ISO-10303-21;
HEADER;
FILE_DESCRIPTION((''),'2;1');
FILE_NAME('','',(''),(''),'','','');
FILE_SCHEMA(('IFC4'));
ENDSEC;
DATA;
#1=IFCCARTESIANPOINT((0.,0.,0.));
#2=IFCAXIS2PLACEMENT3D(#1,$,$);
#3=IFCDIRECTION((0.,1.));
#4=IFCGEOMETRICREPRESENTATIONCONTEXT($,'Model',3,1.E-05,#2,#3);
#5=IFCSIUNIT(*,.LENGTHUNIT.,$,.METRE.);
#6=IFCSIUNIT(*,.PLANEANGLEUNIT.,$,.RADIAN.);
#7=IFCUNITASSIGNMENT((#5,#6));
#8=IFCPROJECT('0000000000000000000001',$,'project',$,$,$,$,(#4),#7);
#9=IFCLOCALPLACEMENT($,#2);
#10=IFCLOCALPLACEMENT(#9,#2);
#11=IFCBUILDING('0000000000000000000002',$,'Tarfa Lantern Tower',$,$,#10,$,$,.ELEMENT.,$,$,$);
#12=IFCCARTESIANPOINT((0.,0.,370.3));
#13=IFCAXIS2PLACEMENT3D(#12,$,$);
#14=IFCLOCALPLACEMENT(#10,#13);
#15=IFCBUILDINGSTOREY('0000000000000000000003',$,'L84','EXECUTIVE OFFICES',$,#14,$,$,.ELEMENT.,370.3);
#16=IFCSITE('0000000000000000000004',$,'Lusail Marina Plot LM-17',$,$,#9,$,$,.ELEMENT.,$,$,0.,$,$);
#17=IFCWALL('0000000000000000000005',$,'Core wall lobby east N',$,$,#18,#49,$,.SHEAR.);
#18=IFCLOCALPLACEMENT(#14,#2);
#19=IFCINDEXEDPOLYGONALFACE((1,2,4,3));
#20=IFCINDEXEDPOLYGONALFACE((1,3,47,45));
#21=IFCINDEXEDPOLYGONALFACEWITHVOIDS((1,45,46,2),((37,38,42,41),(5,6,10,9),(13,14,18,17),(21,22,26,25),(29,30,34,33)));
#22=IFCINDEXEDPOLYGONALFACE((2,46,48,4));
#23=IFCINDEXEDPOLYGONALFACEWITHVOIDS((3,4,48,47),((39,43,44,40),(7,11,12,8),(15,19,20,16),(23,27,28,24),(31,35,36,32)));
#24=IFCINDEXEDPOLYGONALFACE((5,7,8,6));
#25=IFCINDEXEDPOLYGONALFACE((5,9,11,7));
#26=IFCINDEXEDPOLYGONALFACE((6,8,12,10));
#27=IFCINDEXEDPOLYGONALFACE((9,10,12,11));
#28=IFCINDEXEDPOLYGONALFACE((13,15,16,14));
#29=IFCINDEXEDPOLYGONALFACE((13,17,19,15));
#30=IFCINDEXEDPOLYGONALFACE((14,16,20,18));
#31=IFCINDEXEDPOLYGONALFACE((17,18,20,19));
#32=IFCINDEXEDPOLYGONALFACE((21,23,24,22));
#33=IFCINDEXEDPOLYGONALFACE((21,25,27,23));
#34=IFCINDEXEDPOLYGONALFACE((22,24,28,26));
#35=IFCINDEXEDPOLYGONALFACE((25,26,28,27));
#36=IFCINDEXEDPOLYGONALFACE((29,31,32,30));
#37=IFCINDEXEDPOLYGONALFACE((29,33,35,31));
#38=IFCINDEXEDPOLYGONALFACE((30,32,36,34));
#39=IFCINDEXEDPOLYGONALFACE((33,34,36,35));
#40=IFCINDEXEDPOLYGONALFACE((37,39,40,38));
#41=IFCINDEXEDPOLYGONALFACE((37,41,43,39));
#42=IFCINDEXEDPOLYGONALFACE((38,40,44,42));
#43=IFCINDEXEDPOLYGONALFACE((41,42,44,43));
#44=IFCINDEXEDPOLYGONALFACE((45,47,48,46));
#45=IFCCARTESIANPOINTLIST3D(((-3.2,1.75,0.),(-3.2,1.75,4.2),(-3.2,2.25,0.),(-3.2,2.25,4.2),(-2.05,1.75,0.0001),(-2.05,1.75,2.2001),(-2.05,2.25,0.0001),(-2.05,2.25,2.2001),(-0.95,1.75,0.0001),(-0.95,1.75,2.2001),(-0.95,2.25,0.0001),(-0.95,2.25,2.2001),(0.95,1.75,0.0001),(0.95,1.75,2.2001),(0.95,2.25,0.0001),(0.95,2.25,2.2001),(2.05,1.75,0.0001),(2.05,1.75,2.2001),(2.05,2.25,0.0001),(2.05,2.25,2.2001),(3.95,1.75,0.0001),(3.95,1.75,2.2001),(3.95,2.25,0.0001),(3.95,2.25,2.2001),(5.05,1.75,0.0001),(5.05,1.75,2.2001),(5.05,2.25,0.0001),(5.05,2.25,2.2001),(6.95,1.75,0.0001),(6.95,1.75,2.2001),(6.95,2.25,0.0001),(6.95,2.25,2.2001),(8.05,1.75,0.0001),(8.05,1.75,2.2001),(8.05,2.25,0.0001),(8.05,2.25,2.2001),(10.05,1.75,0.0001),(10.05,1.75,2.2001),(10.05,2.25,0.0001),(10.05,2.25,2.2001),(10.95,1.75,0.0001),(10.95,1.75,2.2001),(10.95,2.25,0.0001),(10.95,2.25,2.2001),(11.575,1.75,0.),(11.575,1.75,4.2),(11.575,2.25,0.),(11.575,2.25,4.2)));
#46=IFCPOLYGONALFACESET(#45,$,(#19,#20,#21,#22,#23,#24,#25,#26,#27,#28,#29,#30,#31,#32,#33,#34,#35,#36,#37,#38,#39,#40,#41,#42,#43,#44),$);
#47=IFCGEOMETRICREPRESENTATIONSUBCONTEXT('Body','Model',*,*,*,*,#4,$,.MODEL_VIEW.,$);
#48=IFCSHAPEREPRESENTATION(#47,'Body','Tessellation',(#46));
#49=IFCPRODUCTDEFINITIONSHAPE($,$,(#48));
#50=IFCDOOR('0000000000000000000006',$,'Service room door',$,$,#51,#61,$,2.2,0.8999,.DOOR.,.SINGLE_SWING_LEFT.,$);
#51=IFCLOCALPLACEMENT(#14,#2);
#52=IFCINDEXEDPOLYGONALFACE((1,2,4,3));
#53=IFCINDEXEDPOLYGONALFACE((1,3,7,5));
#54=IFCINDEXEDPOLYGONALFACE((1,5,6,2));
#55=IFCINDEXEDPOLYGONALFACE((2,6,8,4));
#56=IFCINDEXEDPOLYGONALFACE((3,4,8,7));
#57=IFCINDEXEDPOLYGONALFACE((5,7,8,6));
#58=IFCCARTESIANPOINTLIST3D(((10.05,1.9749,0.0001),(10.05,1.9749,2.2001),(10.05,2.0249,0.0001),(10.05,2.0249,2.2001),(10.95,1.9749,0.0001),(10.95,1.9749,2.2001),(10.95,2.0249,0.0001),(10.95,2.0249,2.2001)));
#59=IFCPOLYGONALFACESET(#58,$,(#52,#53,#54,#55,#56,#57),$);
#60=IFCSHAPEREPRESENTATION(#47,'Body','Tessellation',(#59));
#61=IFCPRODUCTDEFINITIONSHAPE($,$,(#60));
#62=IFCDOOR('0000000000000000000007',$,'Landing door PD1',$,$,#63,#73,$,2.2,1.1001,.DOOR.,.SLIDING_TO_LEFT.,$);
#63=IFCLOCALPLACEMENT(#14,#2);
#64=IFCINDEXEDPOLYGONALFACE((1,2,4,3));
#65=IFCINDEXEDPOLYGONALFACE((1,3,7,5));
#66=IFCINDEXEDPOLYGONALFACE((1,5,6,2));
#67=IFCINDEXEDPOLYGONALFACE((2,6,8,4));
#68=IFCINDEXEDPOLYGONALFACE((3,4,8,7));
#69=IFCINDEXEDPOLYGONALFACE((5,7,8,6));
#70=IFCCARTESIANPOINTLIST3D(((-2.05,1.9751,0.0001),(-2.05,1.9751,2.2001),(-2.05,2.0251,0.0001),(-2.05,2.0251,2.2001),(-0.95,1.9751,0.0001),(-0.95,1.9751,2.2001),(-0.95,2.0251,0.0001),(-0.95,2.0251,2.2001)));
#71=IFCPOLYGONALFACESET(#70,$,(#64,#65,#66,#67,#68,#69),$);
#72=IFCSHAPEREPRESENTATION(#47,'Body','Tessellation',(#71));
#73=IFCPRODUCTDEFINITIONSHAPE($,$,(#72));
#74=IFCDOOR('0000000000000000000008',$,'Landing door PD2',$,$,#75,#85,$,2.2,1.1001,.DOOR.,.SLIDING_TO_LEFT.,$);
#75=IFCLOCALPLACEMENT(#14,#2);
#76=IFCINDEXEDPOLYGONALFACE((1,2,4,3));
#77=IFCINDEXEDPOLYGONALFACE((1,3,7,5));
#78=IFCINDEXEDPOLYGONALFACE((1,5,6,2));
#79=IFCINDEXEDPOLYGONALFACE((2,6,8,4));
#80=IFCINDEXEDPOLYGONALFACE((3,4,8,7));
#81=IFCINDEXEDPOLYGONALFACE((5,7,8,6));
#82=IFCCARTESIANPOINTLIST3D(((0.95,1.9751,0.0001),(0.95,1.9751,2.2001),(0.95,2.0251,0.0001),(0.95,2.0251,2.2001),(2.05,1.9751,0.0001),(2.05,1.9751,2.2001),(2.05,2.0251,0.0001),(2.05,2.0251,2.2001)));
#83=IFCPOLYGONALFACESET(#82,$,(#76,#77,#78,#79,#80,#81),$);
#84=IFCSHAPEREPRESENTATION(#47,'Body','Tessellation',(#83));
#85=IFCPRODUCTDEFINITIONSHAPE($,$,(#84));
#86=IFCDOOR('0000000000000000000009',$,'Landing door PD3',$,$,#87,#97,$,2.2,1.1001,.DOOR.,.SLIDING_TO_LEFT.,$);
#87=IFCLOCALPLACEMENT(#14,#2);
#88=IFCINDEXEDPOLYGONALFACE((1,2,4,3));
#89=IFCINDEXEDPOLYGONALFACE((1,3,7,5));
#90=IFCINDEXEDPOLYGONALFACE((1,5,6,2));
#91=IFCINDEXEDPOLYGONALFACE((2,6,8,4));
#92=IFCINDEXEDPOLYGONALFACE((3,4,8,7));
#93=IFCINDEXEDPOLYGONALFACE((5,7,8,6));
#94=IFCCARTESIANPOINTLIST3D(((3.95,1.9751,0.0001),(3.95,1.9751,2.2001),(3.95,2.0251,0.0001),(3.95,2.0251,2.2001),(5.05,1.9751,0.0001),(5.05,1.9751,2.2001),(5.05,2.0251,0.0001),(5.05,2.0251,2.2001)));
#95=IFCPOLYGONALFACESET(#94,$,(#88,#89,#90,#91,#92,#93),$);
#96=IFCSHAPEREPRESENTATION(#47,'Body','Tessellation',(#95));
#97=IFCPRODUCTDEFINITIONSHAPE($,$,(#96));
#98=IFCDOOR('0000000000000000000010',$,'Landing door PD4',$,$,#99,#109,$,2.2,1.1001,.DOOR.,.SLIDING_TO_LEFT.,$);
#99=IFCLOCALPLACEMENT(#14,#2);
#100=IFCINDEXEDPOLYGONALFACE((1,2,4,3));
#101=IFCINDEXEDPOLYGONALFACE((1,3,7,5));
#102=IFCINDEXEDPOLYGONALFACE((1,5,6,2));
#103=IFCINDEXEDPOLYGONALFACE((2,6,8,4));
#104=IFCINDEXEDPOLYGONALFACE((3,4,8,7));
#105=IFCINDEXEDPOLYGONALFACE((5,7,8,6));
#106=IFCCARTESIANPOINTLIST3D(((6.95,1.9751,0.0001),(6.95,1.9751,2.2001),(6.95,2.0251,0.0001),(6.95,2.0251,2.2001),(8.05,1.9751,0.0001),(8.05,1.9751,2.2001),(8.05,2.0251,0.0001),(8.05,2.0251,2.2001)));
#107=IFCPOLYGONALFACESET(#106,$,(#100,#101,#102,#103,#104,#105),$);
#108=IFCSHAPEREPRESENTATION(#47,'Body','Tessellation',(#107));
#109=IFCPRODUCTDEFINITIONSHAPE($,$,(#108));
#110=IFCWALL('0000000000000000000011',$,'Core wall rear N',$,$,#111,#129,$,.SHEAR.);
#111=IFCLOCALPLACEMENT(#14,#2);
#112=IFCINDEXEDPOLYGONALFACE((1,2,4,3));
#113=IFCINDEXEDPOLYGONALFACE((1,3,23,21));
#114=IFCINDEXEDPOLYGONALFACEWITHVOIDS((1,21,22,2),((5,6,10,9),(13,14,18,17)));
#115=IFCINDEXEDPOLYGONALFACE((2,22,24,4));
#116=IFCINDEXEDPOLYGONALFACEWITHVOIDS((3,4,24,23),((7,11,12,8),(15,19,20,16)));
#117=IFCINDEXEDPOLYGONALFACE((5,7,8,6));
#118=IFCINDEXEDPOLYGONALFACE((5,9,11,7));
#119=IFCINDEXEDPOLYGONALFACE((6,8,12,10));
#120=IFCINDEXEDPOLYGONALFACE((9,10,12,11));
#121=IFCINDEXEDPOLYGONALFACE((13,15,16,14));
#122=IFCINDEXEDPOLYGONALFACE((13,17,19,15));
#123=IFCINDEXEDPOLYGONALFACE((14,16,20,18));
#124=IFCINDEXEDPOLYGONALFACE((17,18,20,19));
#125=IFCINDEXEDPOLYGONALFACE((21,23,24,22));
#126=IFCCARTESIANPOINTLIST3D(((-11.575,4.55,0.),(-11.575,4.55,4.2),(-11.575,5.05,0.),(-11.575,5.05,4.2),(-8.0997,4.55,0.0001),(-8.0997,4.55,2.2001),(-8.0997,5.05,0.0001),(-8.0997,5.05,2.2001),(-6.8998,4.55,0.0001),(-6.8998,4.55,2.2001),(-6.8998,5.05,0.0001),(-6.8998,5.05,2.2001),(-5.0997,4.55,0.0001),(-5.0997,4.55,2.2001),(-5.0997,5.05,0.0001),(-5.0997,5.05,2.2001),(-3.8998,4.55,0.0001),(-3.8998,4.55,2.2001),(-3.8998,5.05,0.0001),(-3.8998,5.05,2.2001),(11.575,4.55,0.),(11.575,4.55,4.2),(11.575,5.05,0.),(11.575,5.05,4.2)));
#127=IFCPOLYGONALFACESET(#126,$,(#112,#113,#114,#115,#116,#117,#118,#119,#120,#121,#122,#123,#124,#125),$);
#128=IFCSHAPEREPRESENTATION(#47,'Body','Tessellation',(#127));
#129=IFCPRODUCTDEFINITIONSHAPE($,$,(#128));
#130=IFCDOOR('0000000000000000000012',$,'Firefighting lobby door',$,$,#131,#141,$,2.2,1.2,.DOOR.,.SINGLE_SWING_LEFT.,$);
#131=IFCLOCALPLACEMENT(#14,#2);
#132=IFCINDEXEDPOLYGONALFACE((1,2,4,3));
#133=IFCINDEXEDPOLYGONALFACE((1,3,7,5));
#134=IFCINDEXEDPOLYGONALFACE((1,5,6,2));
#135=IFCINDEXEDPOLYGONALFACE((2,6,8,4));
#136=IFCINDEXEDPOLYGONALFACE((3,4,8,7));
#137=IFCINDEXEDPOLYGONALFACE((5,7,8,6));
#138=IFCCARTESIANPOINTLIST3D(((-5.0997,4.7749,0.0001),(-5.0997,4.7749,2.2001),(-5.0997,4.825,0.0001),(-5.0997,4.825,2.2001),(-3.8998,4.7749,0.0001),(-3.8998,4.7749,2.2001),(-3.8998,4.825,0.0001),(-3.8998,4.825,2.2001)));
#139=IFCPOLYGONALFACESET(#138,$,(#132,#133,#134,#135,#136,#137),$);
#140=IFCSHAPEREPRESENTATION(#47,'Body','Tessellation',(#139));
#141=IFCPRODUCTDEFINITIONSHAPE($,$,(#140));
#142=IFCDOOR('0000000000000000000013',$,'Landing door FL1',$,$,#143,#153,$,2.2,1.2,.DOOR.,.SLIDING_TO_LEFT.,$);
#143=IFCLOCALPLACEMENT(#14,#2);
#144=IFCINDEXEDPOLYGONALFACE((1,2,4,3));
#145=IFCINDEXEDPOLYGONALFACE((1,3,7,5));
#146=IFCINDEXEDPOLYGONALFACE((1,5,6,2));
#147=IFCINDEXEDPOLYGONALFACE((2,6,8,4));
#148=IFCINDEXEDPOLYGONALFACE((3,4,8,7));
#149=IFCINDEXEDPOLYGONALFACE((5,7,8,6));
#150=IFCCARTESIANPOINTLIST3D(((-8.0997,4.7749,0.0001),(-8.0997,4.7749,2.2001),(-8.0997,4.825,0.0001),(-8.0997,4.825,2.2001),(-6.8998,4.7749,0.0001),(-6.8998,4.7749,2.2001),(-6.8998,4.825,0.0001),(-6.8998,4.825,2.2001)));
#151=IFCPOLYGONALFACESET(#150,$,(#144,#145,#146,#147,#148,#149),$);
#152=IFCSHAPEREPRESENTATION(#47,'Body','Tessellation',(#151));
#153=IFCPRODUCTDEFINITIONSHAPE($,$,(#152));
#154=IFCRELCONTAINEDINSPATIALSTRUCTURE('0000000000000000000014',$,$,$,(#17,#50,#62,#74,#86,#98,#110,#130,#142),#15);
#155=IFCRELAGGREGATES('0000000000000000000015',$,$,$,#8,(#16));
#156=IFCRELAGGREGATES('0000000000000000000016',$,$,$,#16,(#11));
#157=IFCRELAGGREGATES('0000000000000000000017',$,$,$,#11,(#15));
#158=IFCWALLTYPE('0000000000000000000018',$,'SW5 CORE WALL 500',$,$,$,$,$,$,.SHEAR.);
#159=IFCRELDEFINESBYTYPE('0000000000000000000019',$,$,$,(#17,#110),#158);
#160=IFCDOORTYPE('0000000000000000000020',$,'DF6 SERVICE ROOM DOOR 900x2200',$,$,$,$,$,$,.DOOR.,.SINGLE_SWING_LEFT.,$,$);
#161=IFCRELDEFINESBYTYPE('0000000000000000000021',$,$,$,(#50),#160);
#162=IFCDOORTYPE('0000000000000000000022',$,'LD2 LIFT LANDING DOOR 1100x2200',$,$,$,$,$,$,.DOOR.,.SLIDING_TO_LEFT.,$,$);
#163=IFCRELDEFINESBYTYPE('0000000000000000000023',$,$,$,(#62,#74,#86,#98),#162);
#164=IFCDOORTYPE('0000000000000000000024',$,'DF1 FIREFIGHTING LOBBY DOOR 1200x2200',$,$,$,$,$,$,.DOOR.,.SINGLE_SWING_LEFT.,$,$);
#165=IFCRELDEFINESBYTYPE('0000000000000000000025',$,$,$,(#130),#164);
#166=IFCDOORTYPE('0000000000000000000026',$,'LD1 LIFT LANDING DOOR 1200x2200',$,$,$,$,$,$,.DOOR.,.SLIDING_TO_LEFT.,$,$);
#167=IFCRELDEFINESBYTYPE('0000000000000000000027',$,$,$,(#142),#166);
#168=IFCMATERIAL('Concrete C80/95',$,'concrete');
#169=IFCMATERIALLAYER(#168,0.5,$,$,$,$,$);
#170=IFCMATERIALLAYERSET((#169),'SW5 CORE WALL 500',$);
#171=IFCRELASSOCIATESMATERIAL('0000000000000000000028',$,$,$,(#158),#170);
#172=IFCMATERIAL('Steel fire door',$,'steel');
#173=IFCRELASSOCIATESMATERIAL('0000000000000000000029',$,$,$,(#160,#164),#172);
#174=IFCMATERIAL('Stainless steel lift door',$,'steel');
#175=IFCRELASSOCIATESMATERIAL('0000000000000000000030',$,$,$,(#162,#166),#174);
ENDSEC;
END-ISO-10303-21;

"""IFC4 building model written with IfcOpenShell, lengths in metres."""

from ifc_helpers import new_model, si_unit, direction, frame, frame_2d, origin, place, context, subcontext, project, spatial, rectangle, extrude, material, layer, layer_set, type_object, element, fill, save


model = new_model("IFC4")

# Units and contexts
model_context = context("Model", 3, precision=1e-05, world=origin(), true_north=direction((0.0, 1.0)))
body_context = subcontext(model_context, "Body", "Model", "MODEL_VIEW")
ifc_project = project(units=[si_unit("LENGTHUNIT", "METRE"), si_unit("PLANEANGLEUNIT", "RADIAN")], contexts=[model_context])

# Site, building, storey
site_placement = place(None, origin())
site = spatial("IfcSite", under=ifc_project, at=site_placement, Name="Lusail Marina Plot LM-17", CompositionType="ELEMENT", RefElevation=0.0)
building_placement = place(site_placement, origin())
building = spatial("IfcBuilding", under=site, at=building_placement, Name="Tarfa Lantern Tower", CompositionType="ELEMENT")
storey_placement = place(building_placement, frame((0.0, 0.0, 370.3)))
storey = spatial("IfcBuildingStorey", under=building, at=storey_placement, Name="L84", Description="EXECUTIVE OFFICES", CompositionType="ELEMENT", Elevation=370.3)

# Shared definitions
ifc_material_1 = material(Name="Concrete C80/95", Category="concrete")

# Shared definitions
ifc_material_2 = material(Name="Steel fire door", Category="steel")
ifc_layer_1 = layer(ifc_material_1, 0.5)
ifc_layer_set_1 = layer_set([ifc_layer_1], Name="SW5 CORE WALL 500")
wall_type_1 = type_object("IfcWallType", Name="SW5 CORE WALL 500", PredefinedType="SHEAR", material=ifc_layer_set_1)
door_type_1 = type_object("IfcDoorType", Name="DF6 SERVICE ROOM DOOR 900x2200", OperationType="SINGLE_SWING_LEFT", PredefinedType="DOOR", material=ifc_material_2)

# Walls, openings, doors
wall_1_placement = place(storey_placement, frame((-3.2, 2.0, 0.0), z_axis=(0.0, 0.0, 1.0), x_axis=(1.0, 0.0, 0.0)))
wall_1 = element("IfcWall", 1, at=wall_1_placement, inside=storey, type_object=wall_type_1, Name="Core wall lobby east N", PredefinedType="SHEAR", context=body_context, shape_type="SweptSolid", body=[
    extrude(rectangle(XDim=14.7749, YDim=0.5, at=frame_2d((7.3875, 0.0))), origin(), (0.0, 0.0, 1.0), 4.2),
])
opening_1_placement = place(wall_1_placement, frame((13.25, 0.0, 0.0)))
opening_1 = element("IfcOpeningElement", 2, at=opening_1_placement, cuts=wall_1, PredefinedType="OPENING", context=body_context, shape_type="SweptSolid", body=[
    extrude(rectangle(XDim=0.8999, YDim=2.2, at=frame_2d((0.45, 1.1001))), frame((0.0, 0.26, 0.0), z_axis=(0.0, -1.0, 0.0), x_axis=(1.0, 0.0, 0.0)), (0.0, 0.0, 1.0), 0.52),
])
opening_2_placement = place(wall_1_placement, frame((1.1499, 0.0, 0.0)))
opening_2 = element("IfcOpeningElement", 3, at=opening_2_placement, cuts=wall_1, PredefinedType="OPENING", context=body_context, shape_type="SweptSolid", body=[
    extrude(rectangle(XDim=1.1001, YDim=2.2, at=frame_2d((0.55, 1.1001))), frame((0.0, 0.26, 0.0), z_axis=(0.0, -1.0, 0.0), x_axis=(1.0, 0.0, 0.0)), (0.0, 0.0, 1.0), 0.52),
])
opening_3_placement = place(wall_1_placement, frame((4.1499, 0.0, 0.0)))
opening_3 = element("IfcOpeningElement", 4, at=opening_3_placement, cuts=wall_1, PredefinedType="OPENING", context=body_context, shape_type="SweptSolid", body=[
    extrude(rectangle(XDim=1.1001, YDim=2.2, at=frame_2d((0.55, 1.1001))), frame((0.0, 0.26, 0.0), z_axis=(0.0, -1.0, 0.0), x_axis=(1.0, 0.0, 0.0)), (0.0, 0.0, 1.0), 0.52),
])
opening_4_placement = place(wall_1_placement, frame((7.1499, 0.0, 0.0)))
opening_4 = element("IfcOpeningElement", 5, at=opening_4_placement, cuts=wall_1, PredefinedType="OPENING", context=body_context, shape_type="SweptSolid", body=[
    extrude(rectangle(XDim=1.1001, YDim=2.2, at=frame_2d((0.55, 1.1001))), frame((0.0, 0.26, 0.0), z_axis=(0.0, -1.0, 0.0), x_axis=(1.0, 0.0, 0.0)), (0.0, 0.0, 1.0), 0.52),
])
opening_5_placement = place(wall_1_placement, frame((10.1499, 0.0, 0.0)))
opening_5 = element("IfcOpeningElement", 6, at=opening_5_placement, cuts=wall_1, PredefinedType="OPENING", context=body_context, shape_type="SweptSolid", body=[
    extrude(rectangle(XDim=1.1001, YDim=2.2, at=frame_2d((0.55, 1.1001))), frame((0.0, 0.26, 0.0), z_axis=(0.0, -1.0, 0.0), x_axis=(1.0, 0.0, 0.0)), (0.0, 0.0, 1.0), 0.52),
])
door_1_placement = place(opening_1_placement, origin())
door_1 = element("IfcDoor", 7, at=door_1_placement, inside=storey, type_object=door_type_1, Name="Service room door", OperationType="SINGLE_SWING_LEFT", OverallHeight=2.2, OverallWidth=0.8999, PredefinedType="DOOR", context=body_context, shape_type="SweptSolid", body=[
    extrude(rectangle(XDim=0.8999, YDim=2.2, at=frame_2d((0.45, 1.1001))), frame((0.0, 0.0249, 0.0), z_axis=(0.0, -1.0, 0.0), x_axis=(1.0, 0.0, 0.0)), (0.0, 0.0, 1.0), 0.05),
])
fill(opening_1, door_1)
ifc_material_3 = material(Name="Stainless steel lift door", Category="steel")
door_type_2 = type_object("IfcDoorType", Name="LD2 LIFT LANDING DOOR 1100x2200", OperationType="SLIDING_TO_LEFT", PredefinedType="DOOR", material=ifc_material_3)
door_2_placement = place(opening_2_placement, frame((1.1001, 0.0, 0.0), z_axis=(0.0, 0.0, 1.0), x_axis=(-1.0, 0.0, 0.0)))
door_2 = element("IfcDoor", 8, at=door_2_placement, inside=storey, type_object=door_type_2, Name="Landing door PD1", OperationType="SLIDING_TO_LEFT", OverallHeight=2.2, OverallWidth=1.1001, PredefinedType="DOOR", context=body_context, shape_type="SweptSolid", body=[
    extrude(rectangle(XDim=1.1001, YDim=2.2, at=frame_2d((0.55, 1.1001))), frame((0.0, 0.0249, 0.0), z_axis=(0.0, -1.0, 0.0), x_axis=(1.0, 0.0, 0.0)), (0.0, 0.0, 1.0), 0.05),
])
fill(opening_2, door_2)
door_3_placement = place(opening_3_placement, frame((1.1001, 0.0, 0.0), z_axis=(0.0, 0.0, 1.0), x_axis=(-1.0, 0.0, 0.0)))
door_3 = element("IfcDoor", 9, at=door_3_placement, inside=storey, type_object=door_type_2, Name="Landing door PD2", OperationType="SLIDING_TO_LEFT", OverallHeight=2.2, OverallWidth=1.1001, PredefinedType="DOOR", context=body_context, shape_type="SweptSolid", body=[
    extrude(rectangle(XDim=1.1001, YDim=2.2, at=frame_2d((0.55, 1.1001))), frame((0.0, 0.0249, 0.0), z_axis=(0.0, -1.0, 0.0), x_axis=(1.0, 0.0, 0.0)), (0.0, 0.0, 1.0), 0.05),
])
fill(opening_3, door_3)
door_4_placement = place(opening_4_placement, frame((1.1001, 0.0, 0.0), z_axis=(0.0, 0.0, 1.0), x_axis=(-1.0, 0.0, 0.0)))
door_4 = element("IfcDoor", 10, at=door_4_placement, inside=storey, type_object=door_type_2, Name="Landing door PD3", OperationType="SLIDING_TO_LEFT", OverallHeight=2.2, OverallWidth=1.1001, PredefinedType="DOOR", context=body_context, shape_type="SweptSolid", body=[
    extrude(rectangle(XDim=1.1001, YDim=2.2, at=frame_2d((0.55, 1.1001))), frame((0.0, 0.0249, 0.0), z_axis=(0.0, -1.0, 0.0), x_axis=(1.0, 0.0, 0.0)), (0.0, 0.0, 1.0), 0.05),
])
fill(opening_4, door_4)
door_5_placement = place(opening_5_placement, frame((1.1001, 0.0, 0.0), z_axis=(0.0, 0.0, 1.0), x_axis=(-1.0, 0.0, 0.0)))
door_5 = element("IfcDoor", 11, at=door_5_placement, inside=storey, type_object=door_type_2, Name="Landing door PD4", OperationType="SLIDING_TO_LEFT", OverallHeight=2.2, OverallWidth=1.1001, PredefinedType="DOOR", context=body_context, shape_type="SweptSolid", body=[
    extrude(rectangle(XDim=1.1001, YDim=2.2, at=frame_2d((0.55, 1.1001))), frame((0.0, 0.0249, 0.0), z_axis=(0.0, -1.0, 0.0), x_axis=(1.0, 0.0, 0.0)), (0.0, 0.0, 1.0), 0.05),
])
fill(opening_5, door_5)
wall_2_placement = place(storey_placement, frame((-11.575, 4.8, 0.0), z_axis=(0.0, 0.0, 1.0), x_axis=(1.0, 0.0, 0.0)))
wall_2 = element("IfcWall", 12, at=wall_2_placement, inside=storey, type_object=wall_type_1, Name="Core wall rear N", PredefinedType="SHEAR", context=body_context, shape_type="SweptSolid", body=[
    extrude(rectangle(XDim=23.1499, YDim=0.5, at=frame_2d((11.575, 0.0))), origin(), (0.0, 0.0, 1.0), 4.2),
])
opening_6_placement = place(wall_2_placement, frame((6.4751, 0.0, 0.0)))
opening_6 = element("IfcOpeningElement", 13, at=opening_6_placement, cuts=wall_2, PredefinedType="OPENING", context=body_context, shape_type="SweptSolid", body=[
    extrude(rectangle(XDim=1.2, YDim=2.2, at=frame_2d((0.6001, 1.1001))), frame((0.0, 0.26, 0.0), z_axis=(0.0, -1.0, 0.0), x_axis=(1.0, 0.0, 0.0)), (0.0, 0.0, 1.0), 0.52),
])
opening_7_placement = place(wall_2_placement, frame((3.4751, 0.0, 0.0)))
opening_7 = element("IfcOpeningElement", 14, at=opening_7_placement, cuts=wall_2, PredefinedType="OPENING", context=body_context, shape_type="SweptSolid", body=[
    extrude(rectangle(XDim=1.2, YDim=2.2, at=frame_2d((0.6001, 1.1001))), frame((0.0, 0.26, 0.0), z_axis=(0.0, -1.0, 0.0), x_axis=(1.0, 0.0, 0.0)), (0.0, 0.0, 1.0), 0.52),
])
door_type_3 = type_object("IfcDoorType", Name="DF1 FIREFIGHTING LOBBY DOOR 1200x2200", OperationType="SINGLE_SWING_LEFT", PredefinedType="DOOR", material=ifc_material_2)
door_6_placement = place(opening_6_placement, origin())
door_6 = element("IfcDoor", 15, at=door_6_placement, inside=storey, type_object=door_type_3, Name="Firefighting lobby door", OperationType="SINGLE_SWING_LEFT", OverallHeight=2.2, OverallWidth=1.2, PredefinedType="DOOR", context=body_context, shape_type="SweptSolid", body=[
    extrude(rectangle(XDim=1.2, YDim=2.2, at=frame_2d((0.6001, 1.1001))), frame((0.0, 0.0249, 0.0), z_axis=(0.0, -1.0, 0.0), x_axis=(1.0, 0.0, 0.0)), (0.0, 0.0, 1.0), 0.05),
])
fill(opening_6, door_6)
door_type_4 = type_object("IfcDoorType", Name="LD1 LIFT LANDING DOOR 1200x2200", OperationType="SLIDING_TO_LEFT", PredefinedType="DOOR", material=ifc_material_3)
door_7_placement = place(opening_7_placement, origin())
door_7 = element("IfcDoor", 16, at=door_7_placement, inside=storey, type_object=door_type_4, Name="Landing door FL1", OperationType="SLIDING_TO_LEFT", OverallHeight=2.2, OverallWidth=1.2, PredefinedType="DOOR", context=body_context, shape_type="SweptSolid", body=[
    extrude(rectangle(XDim=1.2, YDim=2.2, at=frame_2d((0.6001, 1.1001))), frame((0.0, 0.0249, 0.0), z_axis=(0.0, -1.0, 0.0), x_axis=(1.0, 0.0, 0.0)), (0.0, 0.0, 1.0), 0.05),
])
fill(opening_7, door_7)

save(model, "model.ifc")
